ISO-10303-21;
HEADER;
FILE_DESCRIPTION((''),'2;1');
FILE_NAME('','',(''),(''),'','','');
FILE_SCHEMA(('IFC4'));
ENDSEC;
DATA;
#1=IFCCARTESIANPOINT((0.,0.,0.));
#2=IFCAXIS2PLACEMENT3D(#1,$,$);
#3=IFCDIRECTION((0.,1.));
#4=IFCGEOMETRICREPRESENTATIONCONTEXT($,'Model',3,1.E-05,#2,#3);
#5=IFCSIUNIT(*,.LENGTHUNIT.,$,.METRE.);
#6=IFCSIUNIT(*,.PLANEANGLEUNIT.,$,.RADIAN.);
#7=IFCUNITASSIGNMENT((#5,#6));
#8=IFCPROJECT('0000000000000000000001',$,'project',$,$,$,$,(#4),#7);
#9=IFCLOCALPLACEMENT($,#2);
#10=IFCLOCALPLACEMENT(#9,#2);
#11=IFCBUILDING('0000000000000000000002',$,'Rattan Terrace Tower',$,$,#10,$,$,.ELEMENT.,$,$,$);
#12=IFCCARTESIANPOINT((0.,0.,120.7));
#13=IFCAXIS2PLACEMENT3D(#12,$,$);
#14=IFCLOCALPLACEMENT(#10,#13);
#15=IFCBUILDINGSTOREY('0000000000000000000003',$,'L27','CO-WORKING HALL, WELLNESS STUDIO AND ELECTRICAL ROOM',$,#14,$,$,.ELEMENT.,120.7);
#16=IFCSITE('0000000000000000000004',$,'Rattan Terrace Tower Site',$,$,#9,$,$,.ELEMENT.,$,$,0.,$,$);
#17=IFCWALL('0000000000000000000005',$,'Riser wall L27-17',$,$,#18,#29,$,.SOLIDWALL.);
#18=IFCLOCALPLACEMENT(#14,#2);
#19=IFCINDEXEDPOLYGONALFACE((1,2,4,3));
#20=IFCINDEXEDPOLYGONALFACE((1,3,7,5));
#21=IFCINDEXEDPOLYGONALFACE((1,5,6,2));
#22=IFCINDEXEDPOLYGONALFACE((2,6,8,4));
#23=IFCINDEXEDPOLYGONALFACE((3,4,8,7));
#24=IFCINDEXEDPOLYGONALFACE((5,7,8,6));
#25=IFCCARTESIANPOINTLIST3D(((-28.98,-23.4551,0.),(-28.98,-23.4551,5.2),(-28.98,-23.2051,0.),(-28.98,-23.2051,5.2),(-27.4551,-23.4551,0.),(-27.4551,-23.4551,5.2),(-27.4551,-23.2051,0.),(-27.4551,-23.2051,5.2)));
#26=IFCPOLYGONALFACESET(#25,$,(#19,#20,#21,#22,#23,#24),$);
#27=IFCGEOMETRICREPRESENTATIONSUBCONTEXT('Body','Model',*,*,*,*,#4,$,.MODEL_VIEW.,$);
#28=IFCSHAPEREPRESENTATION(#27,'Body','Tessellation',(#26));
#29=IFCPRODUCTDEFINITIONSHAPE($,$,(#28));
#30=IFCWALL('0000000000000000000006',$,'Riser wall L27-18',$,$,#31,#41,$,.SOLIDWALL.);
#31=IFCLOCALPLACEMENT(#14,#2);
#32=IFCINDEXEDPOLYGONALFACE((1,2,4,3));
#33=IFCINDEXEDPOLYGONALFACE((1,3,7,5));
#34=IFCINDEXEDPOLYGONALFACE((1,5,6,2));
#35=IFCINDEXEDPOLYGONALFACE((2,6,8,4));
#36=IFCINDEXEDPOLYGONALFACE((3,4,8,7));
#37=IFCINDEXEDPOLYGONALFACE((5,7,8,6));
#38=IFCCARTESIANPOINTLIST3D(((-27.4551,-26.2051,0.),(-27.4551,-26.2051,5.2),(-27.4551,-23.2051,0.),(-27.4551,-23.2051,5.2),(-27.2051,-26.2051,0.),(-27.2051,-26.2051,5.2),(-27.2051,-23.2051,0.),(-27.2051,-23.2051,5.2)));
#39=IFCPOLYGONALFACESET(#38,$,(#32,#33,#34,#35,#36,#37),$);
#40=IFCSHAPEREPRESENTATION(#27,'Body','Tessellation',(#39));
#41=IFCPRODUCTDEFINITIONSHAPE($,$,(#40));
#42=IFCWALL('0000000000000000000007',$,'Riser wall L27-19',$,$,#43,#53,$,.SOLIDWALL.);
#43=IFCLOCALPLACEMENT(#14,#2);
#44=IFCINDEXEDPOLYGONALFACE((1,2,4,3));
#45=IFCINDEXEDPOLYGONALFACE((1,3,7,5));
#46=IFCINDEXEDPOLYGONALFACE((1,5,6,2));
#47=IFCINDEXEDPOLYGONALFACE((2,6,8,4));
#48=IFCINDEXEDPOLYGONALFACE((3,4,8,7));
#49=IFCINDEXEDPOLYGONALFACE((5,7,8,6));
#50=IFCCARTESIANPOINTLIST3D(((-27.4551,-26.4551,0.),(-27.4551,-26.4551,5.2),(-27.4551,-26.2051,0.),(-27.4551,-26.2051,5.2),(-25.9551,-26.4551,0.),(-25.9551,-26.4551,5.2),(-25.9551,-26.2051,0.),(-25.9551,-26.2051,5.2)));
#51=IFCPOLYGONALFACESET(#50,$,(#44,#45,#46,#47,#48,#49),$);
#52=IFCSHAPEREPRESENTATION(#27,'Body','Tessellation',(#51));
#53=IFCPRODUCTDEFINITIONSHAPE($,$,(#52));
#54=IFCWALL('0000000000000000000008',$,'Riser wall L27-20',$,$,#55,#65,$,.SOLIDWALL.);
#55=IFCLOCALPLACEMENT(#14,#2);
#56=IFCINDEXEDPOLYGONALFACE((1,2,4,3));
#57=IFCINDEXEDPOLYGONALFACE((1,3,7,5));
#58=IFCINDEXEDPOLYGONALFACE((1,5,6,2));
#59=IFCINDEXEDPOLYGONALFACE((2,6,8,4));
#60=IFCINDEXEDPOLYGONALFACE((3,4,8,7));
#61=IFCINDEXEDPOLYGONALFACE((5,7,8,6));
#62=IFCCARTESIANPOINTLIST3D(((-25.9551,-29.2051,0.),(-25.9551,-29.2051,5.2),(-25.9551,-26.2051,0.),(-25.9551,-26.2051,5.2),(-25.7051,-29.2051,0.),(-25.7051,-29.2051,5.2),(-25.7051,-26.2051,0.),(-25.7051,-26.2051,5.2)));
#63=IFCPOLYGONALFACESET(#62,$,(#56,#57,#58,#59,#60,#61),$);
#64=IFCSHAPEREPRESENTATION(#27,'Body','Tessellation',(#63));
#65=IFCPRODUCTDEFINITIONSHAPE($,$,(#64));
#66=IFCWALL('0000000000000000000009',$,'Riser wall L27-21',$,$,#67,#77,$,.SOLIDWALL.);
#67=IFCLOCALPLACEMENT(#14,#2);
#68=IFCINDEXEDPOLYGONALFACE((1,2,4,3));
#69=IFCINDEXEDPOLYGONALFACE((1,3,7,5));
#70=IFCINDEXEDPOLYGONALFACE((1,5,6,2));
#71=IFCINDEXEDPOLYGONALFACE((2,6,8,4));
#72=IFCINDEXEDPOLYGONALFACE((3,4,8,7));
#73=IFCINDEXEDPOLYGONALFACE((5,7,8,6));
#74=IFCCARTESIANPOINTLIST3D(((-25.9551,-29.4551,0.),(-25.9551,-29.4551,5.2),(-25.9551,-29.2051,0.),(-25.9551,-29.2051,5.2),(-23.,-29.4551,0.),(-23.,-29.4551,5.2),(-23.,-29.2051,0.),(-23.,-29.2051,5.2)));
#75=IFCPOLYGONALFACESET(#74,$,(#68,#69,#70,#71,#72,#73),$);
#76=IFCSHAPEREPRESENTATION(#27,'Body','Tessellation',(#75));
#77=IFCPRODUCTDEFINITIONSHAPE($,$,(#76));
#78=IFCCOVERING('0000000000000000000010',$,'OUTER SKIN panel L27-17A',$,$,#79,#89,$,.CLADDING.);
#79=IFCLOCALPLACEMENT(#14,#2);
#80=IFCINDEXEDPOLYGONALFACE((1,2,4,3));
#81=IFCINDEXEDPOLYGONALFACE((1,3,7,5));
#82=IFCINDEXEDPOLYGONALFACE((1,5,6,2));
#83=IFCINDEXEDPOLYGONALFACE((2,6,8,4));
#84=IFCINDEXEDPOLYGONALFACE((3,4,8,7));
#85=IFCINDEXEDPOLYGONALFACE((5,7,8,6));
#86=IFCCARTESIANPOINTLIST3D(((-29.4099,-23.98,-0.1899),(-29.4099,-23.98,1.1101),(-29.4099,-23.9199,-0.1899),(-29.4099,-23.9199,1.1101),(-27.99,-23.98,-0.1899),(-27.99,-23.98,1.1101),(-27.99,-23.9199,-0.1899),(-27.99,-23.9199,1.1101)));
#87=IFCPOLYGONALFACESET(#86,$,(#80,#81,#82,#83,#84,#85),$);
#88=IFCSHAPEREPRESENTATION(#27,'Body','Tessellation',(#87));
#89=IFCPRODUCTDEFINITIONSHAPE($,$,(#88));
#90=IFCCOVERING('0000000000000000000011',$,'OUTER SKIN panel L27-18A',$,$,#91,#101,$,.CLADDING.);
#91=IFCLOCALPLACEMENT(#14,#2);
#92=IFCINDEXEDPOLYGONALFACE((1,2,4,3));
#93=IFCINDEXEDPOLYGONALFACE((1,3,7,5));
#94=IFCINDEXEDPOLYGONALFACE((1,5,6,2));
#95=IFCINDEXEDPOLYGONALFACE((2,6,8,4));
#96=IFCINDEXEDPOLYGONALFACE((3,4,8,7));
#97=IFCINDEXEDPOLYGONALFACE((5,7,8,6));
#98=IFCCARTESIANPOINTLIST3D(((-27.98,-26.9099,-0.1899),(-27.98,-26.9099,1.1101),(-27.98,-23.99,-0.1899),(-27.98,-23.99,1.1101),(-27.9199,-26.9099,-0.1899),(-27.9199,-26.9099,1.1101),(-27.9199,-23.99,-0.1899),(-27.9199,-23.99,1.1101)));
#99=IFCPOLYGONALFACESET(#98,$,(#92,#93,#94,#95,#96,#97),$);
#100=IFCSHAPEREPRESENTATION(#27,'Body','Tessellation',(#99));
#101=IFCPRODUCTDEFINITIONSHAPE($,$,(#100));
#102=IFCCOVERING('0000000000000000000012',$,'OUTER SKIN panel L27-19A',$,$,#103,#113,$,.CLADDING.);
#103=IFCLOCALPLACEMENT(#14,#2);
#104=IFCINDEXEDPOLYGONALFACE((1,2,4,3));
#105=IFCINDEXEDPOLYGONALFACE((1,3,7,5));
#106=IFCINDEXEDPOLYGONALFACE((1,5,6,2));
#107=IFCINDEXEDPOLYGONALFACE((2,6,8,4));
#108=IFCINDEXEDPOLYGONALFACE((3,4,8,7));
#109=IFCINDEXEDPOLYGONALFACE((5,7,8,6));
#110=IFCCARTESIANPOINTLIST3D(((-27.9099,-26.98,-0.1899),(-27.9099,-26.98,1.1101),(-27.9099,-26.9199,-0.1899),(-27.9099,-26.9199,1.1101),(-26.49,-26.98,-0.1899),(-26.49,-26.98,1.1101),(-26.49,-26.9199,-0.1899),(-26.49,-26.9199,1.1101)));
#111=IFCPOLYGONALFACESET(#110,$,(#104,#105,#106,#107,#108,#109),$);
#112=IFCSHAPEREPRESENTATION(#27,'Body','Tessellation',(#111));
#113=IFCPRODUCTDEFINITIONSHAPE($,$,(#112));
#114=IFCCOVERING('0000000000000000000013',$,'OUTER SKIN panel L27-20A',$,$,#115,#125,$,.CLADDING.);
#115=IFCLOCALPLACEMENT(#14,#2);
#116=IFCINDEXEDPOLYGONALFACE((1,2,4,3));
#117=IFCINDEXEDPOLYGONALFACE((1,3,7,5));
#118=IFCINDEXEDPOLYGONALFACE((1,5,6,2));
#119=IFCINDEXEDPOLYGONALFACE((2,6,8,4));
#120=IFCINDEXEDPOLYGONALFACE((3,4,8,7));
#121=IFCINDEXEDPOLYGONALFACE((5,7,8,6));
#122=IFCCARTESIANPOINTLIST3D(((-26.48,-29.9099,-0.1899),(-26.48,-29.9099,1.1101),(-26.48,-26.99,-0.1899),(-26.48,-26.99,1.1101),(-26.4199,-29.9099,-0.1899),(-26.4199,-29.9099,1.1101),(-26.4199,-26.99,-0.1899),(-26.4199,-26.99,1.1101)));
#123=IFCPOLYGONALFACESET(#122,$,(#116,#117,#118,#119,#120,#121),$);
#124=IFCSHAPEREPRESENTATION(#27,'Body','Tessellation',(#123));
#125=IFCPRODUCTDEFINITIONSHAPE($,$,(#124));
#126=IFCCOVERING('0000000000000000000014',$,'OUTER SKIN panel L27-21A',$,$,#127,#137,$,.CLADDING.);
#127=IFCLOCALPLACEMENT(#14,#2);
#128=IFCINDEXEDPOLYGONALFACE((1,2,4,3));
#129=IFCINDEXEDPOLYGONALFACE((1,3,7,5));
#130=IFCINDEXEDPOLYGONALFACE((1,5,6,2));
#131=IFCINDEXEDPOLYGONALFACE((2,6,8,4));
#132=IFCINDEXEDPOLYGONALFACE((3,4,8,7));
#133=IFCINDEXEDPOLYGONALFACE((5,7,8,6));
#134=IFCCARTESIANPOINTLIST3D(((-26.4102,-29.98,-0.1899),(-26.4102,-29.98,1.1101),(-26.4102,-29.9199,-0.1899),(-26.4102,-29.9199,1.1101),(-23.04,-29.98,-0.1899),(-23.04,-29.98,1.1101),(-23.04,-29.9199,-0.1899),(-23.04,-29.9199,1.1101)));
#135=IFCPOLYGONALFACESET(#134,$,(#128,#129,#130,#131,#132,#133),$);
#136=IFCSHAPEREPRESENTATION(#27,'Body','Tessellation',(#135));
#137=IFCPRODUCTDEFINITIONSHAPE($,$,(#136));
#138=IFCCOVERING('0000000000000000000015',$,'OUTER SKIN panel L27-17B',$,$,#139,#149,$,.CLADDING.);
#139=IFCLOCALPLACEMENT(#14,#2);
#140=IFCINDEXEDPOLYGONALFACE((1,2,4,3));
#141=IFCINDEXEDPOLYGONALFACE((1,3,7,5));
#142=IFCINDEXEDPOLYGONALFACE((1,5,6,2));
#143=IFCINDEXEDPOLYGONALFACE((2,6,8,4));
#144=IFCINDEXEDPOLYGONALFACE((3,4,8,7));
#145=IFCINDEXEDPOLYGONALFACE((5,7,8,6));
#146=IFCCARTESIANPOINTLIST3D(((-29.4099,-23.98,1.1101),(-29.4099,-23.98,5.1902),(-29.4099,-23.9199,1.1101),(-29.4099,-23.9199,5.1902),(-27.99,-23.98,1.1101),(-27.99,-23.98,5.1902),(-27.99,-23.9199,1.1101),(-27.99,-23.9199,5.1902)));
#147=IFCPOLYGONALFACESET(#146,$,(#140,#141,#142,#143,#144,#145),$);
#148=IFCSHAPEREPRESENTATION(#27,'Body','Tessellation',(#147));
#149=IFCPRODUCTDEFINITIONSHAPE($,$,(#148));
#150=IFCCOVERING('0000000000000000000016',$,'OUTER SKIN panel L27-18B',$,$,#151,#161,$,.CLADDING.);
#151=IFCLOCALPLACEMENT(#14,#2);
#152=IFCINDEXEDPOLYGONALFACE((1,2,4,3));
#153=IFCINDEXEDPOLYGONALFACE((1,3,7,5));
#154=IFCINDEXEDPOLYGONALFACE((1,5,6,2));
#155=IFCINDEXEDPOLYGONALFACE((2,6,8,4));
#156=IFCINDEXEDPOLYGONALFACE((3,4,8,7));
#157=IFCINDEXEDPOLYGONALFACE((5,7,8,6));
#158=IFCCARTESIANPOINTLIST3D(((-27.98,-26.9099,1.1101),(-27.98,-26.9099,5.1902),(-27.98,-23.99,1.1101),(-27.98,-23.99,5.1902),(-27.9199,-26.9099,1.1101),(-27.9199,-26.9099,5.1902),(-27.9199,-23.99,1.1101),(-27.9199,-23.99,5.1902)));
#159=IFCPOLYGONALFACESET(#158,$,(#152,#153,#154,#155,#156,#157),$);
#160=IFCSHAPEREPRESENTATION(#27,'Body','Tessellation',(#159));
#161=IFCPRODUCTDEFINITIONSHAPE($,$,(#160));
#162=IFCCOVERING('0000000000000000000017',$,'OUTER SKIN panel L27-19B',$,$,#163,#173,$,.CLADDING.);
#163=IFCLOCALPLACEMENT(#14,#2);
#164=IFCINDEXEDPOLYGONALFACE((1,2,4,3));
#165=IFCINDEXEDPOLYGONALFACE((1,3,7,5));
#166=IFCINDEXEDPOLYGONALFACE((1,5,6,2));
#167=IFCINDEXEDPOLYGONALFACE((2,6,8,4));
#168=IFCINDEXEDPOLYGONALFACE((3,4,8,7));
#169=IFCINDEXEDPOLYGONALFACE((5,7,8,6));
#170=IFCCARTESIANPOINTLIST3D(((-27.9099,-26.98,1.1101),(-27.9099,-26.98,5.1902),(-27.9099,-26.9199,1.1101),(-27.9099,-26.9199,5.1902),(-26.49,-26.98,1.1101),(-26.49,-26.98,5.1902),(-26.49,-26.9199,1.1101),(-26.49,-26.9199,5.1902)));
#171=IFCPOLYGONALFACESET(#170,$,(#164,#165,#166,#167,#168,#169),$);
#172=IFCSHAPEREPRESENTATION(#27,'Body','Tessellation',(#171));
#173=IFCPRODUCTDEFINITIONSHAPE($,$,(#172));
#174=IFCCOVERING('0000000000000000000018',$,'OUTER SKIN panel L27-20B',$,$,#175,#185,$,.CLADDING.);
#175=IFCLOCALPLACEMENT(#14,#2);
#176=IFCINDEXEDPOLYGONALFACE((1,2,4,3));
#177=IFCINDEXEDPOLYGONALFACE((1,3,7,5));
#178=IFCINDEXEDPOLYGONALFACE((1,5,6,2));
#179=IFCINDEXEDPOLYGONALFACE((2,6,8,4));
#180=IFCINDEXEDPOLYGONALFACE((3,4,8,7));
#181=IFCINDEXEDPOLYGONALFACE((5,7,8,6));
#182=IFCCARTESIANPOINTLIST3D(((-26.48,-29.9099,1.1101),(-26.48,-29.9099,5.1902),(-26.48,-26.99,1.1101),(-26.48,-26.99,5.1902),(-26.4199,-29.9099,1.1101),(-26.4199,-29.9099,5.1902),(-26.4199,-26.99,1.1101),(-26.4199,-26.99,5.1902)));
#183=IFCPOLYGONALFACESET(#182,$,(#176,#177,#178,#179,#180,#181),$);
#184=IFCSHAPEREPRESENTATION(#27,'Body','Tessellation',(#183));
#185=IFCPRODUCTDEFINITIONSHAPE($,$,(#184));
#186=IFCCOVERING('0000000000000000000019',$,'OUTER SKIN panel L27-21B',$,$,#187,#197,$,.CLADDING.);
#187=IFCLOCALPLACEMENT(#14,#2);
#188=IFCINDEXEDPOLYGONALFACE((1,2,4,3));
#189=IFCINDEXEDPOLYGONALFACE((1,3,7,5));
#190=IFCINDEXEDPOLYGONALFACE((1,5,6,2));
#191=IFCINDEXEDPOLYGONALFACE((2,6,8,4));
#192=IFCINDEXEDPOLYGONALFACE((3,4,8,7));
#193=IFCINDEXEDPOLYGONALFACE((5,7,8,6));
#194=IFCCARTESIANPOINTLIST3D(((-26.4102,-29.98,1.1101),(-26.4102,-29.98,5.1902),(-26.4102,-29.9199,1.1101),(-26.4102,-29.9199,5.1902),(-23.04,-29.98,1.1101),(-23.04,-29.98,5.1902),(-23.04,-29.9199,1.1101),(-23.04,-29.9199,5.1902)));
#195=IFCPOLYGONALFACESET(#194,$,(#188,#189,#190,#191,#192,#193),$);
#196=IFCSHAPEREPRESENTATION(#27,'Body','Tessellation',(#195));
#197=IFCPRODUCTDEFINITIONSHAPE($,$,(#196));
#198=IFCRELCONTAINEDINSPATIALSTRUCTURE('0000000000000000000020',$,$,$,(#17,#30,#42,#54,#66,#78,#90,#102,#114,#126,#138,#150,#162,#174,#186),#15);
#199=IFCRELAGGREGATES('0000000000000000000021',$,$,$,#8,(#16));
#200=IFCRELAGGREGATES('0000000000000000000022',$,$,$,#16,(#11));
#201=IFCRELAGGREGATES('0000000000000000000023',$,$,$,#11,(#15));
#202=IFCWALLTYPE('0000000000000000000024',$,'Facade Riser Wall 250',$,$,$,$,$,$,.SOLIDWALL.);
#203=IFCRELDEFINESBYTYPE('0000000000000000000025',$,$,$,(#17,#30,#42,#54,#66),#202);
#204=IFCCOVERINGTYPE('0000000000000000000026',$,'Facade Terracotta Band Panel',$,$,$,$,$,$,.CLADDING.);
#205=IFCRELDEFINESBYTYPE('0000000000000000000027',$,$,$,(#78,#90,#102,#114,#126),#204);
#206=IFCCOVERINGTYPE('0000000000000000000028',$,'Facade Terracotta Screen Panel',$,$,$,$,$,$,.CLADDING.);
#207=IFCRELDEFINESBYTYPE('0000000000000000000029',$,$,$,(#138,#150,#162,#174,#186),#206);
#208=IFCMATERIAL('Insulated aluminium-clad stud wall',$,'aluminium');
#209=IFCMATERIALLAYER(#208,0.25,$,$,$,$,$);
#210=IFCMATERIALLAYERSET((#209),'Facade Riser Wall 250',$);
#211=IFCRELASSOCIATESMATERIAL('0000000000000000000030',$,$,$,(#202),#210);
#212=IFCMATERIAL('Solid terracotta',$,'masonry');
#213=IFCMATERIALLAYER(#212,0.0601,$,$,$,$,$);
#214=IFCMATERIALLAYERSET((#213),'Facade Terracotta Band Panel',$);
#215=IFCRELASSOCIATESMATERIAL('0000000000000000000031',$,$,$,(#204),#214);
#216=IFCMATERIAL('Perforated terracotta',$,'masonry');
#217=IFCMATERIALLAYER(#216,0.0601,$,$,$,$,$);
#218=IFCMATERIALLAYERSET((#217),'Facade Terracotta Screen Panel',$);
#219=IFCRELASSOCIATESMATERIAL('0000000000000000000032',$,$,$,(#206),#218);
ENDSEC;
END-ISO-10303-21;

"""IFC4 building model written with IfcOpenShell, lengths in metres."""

from ifc_helpers import new_model, si_unit, direction, frame, frame_2d, origin, origin_2d, place, context, subcontext, project, spatial, rectangle, extrude, material, layer, layer_set, type_object, element, save


model = new_model("IFC4")

# Units and contexts
model_context = context("Model", 3, precision=1e-05, world=origin(), true_north=direction((0.0, 1.0)))
body_context = subcontext(model_context, "Body", "Model", "MODEL_VIEW")
ifc_project = project(units=[si_unit("LENGTHUNIT", "METRE"), si_unit("PLANEANGLEUNIT", "RADIAN")], contexts=[model_context])

# Site, building, storey
site_placement = place(None, origin())
site = spatial("IfcSite", under=ifc_project, at=site_placement, Name="Rattan Terrace Tower Site", CompositionType="ELEMENT", RefElevation=0.0)
building_placement = place(site_placement, origin())
building = spatial("IfcBuilding", under=site, at=building_placement, Name="Rattan Terrace Tower", CompositionType="ELEMENT")
storey_placement = place(building_placement, frame((0.0, 0.0, 120.7)))
storey = spatial("IfcBuildingStorey", under=building, at=storey_placement, Name="L27", Description="CO-WORKING HALL, WELLNESS STUDIO AND ELECTRICAL ROOM", CompositionType="ELEMENT", Elevation=120.7)

# Walls
ifc_material_1 = material(Name="Insulated aluminium-clad stud wall", Category="aluminium")
ifc_layer_1 = layer(ifc_material_1, 0.25)
ifc_layer_set_1 = layer_set([ifc_layer_1], Name="Facade Riser Wall 250")
wall_type = type_object("IfcWallType", Name="Facade Riser Wall 250", PredefinedType="SOLIDWALL", material=ifc_layer_set_1)
wall_1_placement = place(storey_placement, frame((-28.98, -23.3301, 0.0), z_axis=(0.0, 0.0, 1.0), x_axis=(1.0, 0.0, 0.0)))
element("IfcWall", 1, at=wall_1_placement, inside=storey, type_object=wall_type, Name="Riser wall L27-17", PredefinedType="SOLIDWALL", context=body_context, shape_type="SweptSolid", body=[
    extrude(rectangle(XDim=1.5249, YDim=0.25, at=frame_2d((0.7625, 0.0))), origin(), (0.0, 0.0, 1.0), 5.2),
])
wall_2_placement = place(storey_placement, frame((-27.3301, -23.2051, 0.0), z_axis=(0.0, 0.0, 1.0), x_axis=(0.0, -1.0, 0.0)))
element("IfcWall", 2, at=wall_2_placement, inside=storey, type_object=wall_type, Name="Riser wall L27-18", PredefinedType="SOLIDWALL", context=body_context, shape_type="SweptSolid", body=[
    extrude(rectangle(XDim=3.0, YDim=0.25, at=frame_2d((1.5, 0.0))), origin(), (0.0, 0.0, 1.0), 5.2),
])
wall_3_placement = place(storey_placement, frame((-27.4551, -26.3301, 0.0), z_axis=(0.0, 0.0, 1.0), x_axis=(1.0, 0.0, 0.0)))
element("IfcWall", 3, at=wall_3_placement, inside=storey, type_object=wall_type, Name="Riser wall L27-19", PredefinedType="SOLIDWALL", context=body_context, shape_type="SweptSolid", body=[
    extrude(rectangle(XDim=1.5, YDim=0.25, at=frame_2d((0.75, 0.0))), origin(), (0.0, 0.0, 1.0), 5.2),
])
wall_4_placement = place(storey_placement, frame((-25.8301, -26.2051, 0.0), z_axis=(0.0, 0.0, 1.0), x_axis=(0.0, -1.0, 0.0)))
element("IfcWall", 4, at=wall_4_placement, inside=storey, type_object=wall_type, Name="Riser wall L27-20", PredefinedType="SOLIDWALL", context=body_context, shape_type="SweptSolid", body=[
    extrude(rectangle(XDim=3.0, YDim=0.25, at=frame_2d((1.5, 0.0))), origin(), (0.0, 0.0, 1.0), 5.2),
])
wall_5_placement = place(storey_placement, frame((-25.9551, -29.3301, 0.0), z_axis=(0.0, 0.0, 1.0), x_axis=(1.0, 0.0, 0.0)))
element("IfcWall", 5, at=wall_5_placement, inside=storey, type_object=wall_type, Name="Riser wall L27-21", PredefinedType="SOLIDWALL", context=body_context, shape_type="SweptSolid", body=[
    extrude(rectangle(XDim=2.9551, YDim=0.25, at=frame_2d((1.4775, 0.0))), origin(), (0.0, 0.0, 1.0), 5.2),
])

# Coverings
ifc_material_2 = material(Name="Solid terracotta", Category="masonry")
ifc_layer_2 = layer(ifc_material_2, 0.0601)
ifc_layer_set_2 = layer_set([ifc_layer_2], Name="Facade Terracotta Band Panel")
covering_type_1 = type_object("IfcCoveringType", Name="Facade Terracotta Band Panel", PredefinedType="CLADDING", material=ifc_layer_set_2)
covering_1_placement = place(storey_placement, frame((-28.7, -23.95, -0.1899), z_axis=(0.0, 0.0, 1.0), x_axis=(1.0, 0.0, 0.0)))
element("IfcCovering", 6, at=covering_1_placement, inside=storey, type_object=covering_type_1, Name="OUTER SKIN panel L27-17A", PredefinedType="CLADDING", context=body_context, shape_type="SweptSolid", body=[
    extrude(rectangle(XDim=1.4199, YDim=0.0601, at=origin_2d()), origin(), (0.0, 0.0, 1.0), 1.3),
])
covering_2_placement = place(storey_placement, frame((-27.95, -25.45, -0.1899), z_axis=(0.0, 0.0, 1.0), x_axis=(0.0, -1.0, 0.0)))
element("IfcCovering", 7, at=covering_2_placement, inside=storey, type_object=covering_type_1, Name="OUTER SKIN panel L27-18A", PredefinedType="CLADDING", context=body_context, shape_type="SweptSolid", body=[
    extrude(rectangle(XDim=2.9199, YDim=0.0601, at=origin_2d()), origin(), (0.0, 0.0, 1.0), 1.3),
])
covering_3_placement = place(storey_placement, frame((-27.2, -26.95, -0.1899), z_axis=(0.0, 0.0, 1.0), x_axis=(1.0, 0.0, 0.0)))
element("IfcCovering", 8, at=covering_3_placement, inside=storey, type_object=covering_type_1, Name="OUTER SKIN panel L27-19A", PredefinedType="CLADDING", context=body_context, shape_type="SweptSolid", body=[
    extrude(rectangle(XDim=1.4199, YDim=0.0601, at=origin_2d()), origin(), (0.0, 0.0, 1.0), 1.3),
])
covering_4_placement = place(storey_placement, frame((-26.45, -28.45, -0.1899), z_axis=(0.0, 0.0, 1.0), x_axis=(0.0, -1.0, 0.0)))
element("IfcCovering", 9, at=covering_4_placement, inside=storey, type_object=covering_type_1, Name="OUTER SKIN panel L27-20A", PredefinedType="CLADDING", context=body_context, shape_type="SweptSolid", body=[
    extrude(rectangle(XDim=2.9199, YDim=0.0601, at=origin_2d()), origin(), (0.0, 0.0, 1.0), 1.3),
])
covering_5_placement = place(storey_placement, frame((-24.7251, -29.95, -0.1899), z_axis=(0.0, 0.0, 1.0), x_axis=(1.0, 0.0, 0.0)))
element("IfcCovering", 10, at=covering_5_placement, inside=storey, type_object=covering_type_1, Name="OUTER SKIN panel L27-21A", PredefinedType="CLADDING", context=body_context, shape_type="SweptSolid", body=[
    extrude(rectangle(XDim=3.3701, YDim=0.0601, at=origin_2d()), origin(), (0.0, 0.0, 1.0), 1.3),
])
ifc_material_3 = material(Name="Perforated terracotta", Category="masonry")
ifc_layer_3 = layer(ifc_material_3, 0.0601)
ifc_layer_set_3 = layer_set([ifc_layer_3], Name="Facade Terracotta Screen Panel")
covering_type_2 = type_object("IfcCoveringType", Name="Facade Terracotta Screen Panel", PredefinedType="CLADDING", material=ifc_layer_set_3)
covering_6_placement = place(storey_placement, frame((-28.7, -23.95, 1.1101), z_axis=(0.0, 0.0, 1.0), x_axis=(1.0, 0.0, 0.0)))
element("IfcCovering", 11, at=covering_6_placement, inside=storey, type_object=covering_type_2, Name="OUTER SKIN panel L27-17B", PredefinedType="CLADDING", context=body_context, shape_type="SweptSolid", body=[
    extrude(rectangle(XDim=1.4199, YDim=0.0601, at=origin_2d()), origin(), (0.0, 0.0, 1.0), 4.0801),
])
covering_7_placement = place(storey_placement, frame((-27.95, -25.45, 1.1101), z_axis=(0.0, 0.0, 1.0), x_axis=(0.0, -1.0, 0.0)))
element("IfcCovering", 12, at=covering_7_placement, inside=storey, type_object=covering_type_2, Name="OUTER SKIN panel L27-18B", PredefinedType="CLADDING", context=body_context, shape_type="SweptSolid", body=[
    extrude(rectangle(XDim=2.9199, YDim=0.0601, at=origin_2d()), origin(), (0.0, 0.0, 1.0), 4.0801),
])
covering_8_placement = place(storey_placement, frame((-27.2, -26.95, 1.1101), z_axis=(0.0, 0.0, 1.0), x_axis=(1.0, 0.0, 0.0)))
element("IfcCovering", 13, at=covering_8_placement, inside=storey, type_object=covering_type_2, Name="OUTER SKIN panel L27-19B", PredefinedType="CLADDING", context=body_context, shape_type="SweptSolid", body=[
    extrude(rectangle(XDim=1.4199, YDim=0.0601, at=origin_2d()), origin(), (0.0, 0.0, 1.0), 4.0801),
])
covering_9_placement = place(storey_placement, frame((-26.45, -28.45, 1.1101), z_axis=(0.0, 0.0, 1.0), x_axis=(0.0, -1.0, 0.0)))
element("IfcCovering", 14, at=covering_9_placement, inside=storey, type_object=covering_type_2, Name="OUTER SKIN panel L27-20B", PredefinedType="CLADDING", context=body_context, shape_type="SweptSolid", body=[
    extrude(rectangle(XDim=2.9199, YDim=0.0601, at=origin_2d()), origin(), (0.0, 0.0, 1.0), 4.0801),
])
covering_10_placement = place(storey_placement, frame((-24.7251, -29.95, 1.1101), z_axis=(0.0, 0.0, 1.0), x_axis=(1.0, 0.0, 0.0)))
element("IfcCovering", 15, at=covering_10_placement, inside=storey, type_object=covering_type_2, Name="OUTER SKIN panel L27-21B", PredefinedType="CLADDING", context=body_context, shape_type="SweptSolid", body=[
    extrude(rectangle(XDim=3.3701, YDim=0.0601, at=origin_2d()), origin(), (0.0, 0.0, 1.0), 4.0801),
])

save(model, "model.ifc")
